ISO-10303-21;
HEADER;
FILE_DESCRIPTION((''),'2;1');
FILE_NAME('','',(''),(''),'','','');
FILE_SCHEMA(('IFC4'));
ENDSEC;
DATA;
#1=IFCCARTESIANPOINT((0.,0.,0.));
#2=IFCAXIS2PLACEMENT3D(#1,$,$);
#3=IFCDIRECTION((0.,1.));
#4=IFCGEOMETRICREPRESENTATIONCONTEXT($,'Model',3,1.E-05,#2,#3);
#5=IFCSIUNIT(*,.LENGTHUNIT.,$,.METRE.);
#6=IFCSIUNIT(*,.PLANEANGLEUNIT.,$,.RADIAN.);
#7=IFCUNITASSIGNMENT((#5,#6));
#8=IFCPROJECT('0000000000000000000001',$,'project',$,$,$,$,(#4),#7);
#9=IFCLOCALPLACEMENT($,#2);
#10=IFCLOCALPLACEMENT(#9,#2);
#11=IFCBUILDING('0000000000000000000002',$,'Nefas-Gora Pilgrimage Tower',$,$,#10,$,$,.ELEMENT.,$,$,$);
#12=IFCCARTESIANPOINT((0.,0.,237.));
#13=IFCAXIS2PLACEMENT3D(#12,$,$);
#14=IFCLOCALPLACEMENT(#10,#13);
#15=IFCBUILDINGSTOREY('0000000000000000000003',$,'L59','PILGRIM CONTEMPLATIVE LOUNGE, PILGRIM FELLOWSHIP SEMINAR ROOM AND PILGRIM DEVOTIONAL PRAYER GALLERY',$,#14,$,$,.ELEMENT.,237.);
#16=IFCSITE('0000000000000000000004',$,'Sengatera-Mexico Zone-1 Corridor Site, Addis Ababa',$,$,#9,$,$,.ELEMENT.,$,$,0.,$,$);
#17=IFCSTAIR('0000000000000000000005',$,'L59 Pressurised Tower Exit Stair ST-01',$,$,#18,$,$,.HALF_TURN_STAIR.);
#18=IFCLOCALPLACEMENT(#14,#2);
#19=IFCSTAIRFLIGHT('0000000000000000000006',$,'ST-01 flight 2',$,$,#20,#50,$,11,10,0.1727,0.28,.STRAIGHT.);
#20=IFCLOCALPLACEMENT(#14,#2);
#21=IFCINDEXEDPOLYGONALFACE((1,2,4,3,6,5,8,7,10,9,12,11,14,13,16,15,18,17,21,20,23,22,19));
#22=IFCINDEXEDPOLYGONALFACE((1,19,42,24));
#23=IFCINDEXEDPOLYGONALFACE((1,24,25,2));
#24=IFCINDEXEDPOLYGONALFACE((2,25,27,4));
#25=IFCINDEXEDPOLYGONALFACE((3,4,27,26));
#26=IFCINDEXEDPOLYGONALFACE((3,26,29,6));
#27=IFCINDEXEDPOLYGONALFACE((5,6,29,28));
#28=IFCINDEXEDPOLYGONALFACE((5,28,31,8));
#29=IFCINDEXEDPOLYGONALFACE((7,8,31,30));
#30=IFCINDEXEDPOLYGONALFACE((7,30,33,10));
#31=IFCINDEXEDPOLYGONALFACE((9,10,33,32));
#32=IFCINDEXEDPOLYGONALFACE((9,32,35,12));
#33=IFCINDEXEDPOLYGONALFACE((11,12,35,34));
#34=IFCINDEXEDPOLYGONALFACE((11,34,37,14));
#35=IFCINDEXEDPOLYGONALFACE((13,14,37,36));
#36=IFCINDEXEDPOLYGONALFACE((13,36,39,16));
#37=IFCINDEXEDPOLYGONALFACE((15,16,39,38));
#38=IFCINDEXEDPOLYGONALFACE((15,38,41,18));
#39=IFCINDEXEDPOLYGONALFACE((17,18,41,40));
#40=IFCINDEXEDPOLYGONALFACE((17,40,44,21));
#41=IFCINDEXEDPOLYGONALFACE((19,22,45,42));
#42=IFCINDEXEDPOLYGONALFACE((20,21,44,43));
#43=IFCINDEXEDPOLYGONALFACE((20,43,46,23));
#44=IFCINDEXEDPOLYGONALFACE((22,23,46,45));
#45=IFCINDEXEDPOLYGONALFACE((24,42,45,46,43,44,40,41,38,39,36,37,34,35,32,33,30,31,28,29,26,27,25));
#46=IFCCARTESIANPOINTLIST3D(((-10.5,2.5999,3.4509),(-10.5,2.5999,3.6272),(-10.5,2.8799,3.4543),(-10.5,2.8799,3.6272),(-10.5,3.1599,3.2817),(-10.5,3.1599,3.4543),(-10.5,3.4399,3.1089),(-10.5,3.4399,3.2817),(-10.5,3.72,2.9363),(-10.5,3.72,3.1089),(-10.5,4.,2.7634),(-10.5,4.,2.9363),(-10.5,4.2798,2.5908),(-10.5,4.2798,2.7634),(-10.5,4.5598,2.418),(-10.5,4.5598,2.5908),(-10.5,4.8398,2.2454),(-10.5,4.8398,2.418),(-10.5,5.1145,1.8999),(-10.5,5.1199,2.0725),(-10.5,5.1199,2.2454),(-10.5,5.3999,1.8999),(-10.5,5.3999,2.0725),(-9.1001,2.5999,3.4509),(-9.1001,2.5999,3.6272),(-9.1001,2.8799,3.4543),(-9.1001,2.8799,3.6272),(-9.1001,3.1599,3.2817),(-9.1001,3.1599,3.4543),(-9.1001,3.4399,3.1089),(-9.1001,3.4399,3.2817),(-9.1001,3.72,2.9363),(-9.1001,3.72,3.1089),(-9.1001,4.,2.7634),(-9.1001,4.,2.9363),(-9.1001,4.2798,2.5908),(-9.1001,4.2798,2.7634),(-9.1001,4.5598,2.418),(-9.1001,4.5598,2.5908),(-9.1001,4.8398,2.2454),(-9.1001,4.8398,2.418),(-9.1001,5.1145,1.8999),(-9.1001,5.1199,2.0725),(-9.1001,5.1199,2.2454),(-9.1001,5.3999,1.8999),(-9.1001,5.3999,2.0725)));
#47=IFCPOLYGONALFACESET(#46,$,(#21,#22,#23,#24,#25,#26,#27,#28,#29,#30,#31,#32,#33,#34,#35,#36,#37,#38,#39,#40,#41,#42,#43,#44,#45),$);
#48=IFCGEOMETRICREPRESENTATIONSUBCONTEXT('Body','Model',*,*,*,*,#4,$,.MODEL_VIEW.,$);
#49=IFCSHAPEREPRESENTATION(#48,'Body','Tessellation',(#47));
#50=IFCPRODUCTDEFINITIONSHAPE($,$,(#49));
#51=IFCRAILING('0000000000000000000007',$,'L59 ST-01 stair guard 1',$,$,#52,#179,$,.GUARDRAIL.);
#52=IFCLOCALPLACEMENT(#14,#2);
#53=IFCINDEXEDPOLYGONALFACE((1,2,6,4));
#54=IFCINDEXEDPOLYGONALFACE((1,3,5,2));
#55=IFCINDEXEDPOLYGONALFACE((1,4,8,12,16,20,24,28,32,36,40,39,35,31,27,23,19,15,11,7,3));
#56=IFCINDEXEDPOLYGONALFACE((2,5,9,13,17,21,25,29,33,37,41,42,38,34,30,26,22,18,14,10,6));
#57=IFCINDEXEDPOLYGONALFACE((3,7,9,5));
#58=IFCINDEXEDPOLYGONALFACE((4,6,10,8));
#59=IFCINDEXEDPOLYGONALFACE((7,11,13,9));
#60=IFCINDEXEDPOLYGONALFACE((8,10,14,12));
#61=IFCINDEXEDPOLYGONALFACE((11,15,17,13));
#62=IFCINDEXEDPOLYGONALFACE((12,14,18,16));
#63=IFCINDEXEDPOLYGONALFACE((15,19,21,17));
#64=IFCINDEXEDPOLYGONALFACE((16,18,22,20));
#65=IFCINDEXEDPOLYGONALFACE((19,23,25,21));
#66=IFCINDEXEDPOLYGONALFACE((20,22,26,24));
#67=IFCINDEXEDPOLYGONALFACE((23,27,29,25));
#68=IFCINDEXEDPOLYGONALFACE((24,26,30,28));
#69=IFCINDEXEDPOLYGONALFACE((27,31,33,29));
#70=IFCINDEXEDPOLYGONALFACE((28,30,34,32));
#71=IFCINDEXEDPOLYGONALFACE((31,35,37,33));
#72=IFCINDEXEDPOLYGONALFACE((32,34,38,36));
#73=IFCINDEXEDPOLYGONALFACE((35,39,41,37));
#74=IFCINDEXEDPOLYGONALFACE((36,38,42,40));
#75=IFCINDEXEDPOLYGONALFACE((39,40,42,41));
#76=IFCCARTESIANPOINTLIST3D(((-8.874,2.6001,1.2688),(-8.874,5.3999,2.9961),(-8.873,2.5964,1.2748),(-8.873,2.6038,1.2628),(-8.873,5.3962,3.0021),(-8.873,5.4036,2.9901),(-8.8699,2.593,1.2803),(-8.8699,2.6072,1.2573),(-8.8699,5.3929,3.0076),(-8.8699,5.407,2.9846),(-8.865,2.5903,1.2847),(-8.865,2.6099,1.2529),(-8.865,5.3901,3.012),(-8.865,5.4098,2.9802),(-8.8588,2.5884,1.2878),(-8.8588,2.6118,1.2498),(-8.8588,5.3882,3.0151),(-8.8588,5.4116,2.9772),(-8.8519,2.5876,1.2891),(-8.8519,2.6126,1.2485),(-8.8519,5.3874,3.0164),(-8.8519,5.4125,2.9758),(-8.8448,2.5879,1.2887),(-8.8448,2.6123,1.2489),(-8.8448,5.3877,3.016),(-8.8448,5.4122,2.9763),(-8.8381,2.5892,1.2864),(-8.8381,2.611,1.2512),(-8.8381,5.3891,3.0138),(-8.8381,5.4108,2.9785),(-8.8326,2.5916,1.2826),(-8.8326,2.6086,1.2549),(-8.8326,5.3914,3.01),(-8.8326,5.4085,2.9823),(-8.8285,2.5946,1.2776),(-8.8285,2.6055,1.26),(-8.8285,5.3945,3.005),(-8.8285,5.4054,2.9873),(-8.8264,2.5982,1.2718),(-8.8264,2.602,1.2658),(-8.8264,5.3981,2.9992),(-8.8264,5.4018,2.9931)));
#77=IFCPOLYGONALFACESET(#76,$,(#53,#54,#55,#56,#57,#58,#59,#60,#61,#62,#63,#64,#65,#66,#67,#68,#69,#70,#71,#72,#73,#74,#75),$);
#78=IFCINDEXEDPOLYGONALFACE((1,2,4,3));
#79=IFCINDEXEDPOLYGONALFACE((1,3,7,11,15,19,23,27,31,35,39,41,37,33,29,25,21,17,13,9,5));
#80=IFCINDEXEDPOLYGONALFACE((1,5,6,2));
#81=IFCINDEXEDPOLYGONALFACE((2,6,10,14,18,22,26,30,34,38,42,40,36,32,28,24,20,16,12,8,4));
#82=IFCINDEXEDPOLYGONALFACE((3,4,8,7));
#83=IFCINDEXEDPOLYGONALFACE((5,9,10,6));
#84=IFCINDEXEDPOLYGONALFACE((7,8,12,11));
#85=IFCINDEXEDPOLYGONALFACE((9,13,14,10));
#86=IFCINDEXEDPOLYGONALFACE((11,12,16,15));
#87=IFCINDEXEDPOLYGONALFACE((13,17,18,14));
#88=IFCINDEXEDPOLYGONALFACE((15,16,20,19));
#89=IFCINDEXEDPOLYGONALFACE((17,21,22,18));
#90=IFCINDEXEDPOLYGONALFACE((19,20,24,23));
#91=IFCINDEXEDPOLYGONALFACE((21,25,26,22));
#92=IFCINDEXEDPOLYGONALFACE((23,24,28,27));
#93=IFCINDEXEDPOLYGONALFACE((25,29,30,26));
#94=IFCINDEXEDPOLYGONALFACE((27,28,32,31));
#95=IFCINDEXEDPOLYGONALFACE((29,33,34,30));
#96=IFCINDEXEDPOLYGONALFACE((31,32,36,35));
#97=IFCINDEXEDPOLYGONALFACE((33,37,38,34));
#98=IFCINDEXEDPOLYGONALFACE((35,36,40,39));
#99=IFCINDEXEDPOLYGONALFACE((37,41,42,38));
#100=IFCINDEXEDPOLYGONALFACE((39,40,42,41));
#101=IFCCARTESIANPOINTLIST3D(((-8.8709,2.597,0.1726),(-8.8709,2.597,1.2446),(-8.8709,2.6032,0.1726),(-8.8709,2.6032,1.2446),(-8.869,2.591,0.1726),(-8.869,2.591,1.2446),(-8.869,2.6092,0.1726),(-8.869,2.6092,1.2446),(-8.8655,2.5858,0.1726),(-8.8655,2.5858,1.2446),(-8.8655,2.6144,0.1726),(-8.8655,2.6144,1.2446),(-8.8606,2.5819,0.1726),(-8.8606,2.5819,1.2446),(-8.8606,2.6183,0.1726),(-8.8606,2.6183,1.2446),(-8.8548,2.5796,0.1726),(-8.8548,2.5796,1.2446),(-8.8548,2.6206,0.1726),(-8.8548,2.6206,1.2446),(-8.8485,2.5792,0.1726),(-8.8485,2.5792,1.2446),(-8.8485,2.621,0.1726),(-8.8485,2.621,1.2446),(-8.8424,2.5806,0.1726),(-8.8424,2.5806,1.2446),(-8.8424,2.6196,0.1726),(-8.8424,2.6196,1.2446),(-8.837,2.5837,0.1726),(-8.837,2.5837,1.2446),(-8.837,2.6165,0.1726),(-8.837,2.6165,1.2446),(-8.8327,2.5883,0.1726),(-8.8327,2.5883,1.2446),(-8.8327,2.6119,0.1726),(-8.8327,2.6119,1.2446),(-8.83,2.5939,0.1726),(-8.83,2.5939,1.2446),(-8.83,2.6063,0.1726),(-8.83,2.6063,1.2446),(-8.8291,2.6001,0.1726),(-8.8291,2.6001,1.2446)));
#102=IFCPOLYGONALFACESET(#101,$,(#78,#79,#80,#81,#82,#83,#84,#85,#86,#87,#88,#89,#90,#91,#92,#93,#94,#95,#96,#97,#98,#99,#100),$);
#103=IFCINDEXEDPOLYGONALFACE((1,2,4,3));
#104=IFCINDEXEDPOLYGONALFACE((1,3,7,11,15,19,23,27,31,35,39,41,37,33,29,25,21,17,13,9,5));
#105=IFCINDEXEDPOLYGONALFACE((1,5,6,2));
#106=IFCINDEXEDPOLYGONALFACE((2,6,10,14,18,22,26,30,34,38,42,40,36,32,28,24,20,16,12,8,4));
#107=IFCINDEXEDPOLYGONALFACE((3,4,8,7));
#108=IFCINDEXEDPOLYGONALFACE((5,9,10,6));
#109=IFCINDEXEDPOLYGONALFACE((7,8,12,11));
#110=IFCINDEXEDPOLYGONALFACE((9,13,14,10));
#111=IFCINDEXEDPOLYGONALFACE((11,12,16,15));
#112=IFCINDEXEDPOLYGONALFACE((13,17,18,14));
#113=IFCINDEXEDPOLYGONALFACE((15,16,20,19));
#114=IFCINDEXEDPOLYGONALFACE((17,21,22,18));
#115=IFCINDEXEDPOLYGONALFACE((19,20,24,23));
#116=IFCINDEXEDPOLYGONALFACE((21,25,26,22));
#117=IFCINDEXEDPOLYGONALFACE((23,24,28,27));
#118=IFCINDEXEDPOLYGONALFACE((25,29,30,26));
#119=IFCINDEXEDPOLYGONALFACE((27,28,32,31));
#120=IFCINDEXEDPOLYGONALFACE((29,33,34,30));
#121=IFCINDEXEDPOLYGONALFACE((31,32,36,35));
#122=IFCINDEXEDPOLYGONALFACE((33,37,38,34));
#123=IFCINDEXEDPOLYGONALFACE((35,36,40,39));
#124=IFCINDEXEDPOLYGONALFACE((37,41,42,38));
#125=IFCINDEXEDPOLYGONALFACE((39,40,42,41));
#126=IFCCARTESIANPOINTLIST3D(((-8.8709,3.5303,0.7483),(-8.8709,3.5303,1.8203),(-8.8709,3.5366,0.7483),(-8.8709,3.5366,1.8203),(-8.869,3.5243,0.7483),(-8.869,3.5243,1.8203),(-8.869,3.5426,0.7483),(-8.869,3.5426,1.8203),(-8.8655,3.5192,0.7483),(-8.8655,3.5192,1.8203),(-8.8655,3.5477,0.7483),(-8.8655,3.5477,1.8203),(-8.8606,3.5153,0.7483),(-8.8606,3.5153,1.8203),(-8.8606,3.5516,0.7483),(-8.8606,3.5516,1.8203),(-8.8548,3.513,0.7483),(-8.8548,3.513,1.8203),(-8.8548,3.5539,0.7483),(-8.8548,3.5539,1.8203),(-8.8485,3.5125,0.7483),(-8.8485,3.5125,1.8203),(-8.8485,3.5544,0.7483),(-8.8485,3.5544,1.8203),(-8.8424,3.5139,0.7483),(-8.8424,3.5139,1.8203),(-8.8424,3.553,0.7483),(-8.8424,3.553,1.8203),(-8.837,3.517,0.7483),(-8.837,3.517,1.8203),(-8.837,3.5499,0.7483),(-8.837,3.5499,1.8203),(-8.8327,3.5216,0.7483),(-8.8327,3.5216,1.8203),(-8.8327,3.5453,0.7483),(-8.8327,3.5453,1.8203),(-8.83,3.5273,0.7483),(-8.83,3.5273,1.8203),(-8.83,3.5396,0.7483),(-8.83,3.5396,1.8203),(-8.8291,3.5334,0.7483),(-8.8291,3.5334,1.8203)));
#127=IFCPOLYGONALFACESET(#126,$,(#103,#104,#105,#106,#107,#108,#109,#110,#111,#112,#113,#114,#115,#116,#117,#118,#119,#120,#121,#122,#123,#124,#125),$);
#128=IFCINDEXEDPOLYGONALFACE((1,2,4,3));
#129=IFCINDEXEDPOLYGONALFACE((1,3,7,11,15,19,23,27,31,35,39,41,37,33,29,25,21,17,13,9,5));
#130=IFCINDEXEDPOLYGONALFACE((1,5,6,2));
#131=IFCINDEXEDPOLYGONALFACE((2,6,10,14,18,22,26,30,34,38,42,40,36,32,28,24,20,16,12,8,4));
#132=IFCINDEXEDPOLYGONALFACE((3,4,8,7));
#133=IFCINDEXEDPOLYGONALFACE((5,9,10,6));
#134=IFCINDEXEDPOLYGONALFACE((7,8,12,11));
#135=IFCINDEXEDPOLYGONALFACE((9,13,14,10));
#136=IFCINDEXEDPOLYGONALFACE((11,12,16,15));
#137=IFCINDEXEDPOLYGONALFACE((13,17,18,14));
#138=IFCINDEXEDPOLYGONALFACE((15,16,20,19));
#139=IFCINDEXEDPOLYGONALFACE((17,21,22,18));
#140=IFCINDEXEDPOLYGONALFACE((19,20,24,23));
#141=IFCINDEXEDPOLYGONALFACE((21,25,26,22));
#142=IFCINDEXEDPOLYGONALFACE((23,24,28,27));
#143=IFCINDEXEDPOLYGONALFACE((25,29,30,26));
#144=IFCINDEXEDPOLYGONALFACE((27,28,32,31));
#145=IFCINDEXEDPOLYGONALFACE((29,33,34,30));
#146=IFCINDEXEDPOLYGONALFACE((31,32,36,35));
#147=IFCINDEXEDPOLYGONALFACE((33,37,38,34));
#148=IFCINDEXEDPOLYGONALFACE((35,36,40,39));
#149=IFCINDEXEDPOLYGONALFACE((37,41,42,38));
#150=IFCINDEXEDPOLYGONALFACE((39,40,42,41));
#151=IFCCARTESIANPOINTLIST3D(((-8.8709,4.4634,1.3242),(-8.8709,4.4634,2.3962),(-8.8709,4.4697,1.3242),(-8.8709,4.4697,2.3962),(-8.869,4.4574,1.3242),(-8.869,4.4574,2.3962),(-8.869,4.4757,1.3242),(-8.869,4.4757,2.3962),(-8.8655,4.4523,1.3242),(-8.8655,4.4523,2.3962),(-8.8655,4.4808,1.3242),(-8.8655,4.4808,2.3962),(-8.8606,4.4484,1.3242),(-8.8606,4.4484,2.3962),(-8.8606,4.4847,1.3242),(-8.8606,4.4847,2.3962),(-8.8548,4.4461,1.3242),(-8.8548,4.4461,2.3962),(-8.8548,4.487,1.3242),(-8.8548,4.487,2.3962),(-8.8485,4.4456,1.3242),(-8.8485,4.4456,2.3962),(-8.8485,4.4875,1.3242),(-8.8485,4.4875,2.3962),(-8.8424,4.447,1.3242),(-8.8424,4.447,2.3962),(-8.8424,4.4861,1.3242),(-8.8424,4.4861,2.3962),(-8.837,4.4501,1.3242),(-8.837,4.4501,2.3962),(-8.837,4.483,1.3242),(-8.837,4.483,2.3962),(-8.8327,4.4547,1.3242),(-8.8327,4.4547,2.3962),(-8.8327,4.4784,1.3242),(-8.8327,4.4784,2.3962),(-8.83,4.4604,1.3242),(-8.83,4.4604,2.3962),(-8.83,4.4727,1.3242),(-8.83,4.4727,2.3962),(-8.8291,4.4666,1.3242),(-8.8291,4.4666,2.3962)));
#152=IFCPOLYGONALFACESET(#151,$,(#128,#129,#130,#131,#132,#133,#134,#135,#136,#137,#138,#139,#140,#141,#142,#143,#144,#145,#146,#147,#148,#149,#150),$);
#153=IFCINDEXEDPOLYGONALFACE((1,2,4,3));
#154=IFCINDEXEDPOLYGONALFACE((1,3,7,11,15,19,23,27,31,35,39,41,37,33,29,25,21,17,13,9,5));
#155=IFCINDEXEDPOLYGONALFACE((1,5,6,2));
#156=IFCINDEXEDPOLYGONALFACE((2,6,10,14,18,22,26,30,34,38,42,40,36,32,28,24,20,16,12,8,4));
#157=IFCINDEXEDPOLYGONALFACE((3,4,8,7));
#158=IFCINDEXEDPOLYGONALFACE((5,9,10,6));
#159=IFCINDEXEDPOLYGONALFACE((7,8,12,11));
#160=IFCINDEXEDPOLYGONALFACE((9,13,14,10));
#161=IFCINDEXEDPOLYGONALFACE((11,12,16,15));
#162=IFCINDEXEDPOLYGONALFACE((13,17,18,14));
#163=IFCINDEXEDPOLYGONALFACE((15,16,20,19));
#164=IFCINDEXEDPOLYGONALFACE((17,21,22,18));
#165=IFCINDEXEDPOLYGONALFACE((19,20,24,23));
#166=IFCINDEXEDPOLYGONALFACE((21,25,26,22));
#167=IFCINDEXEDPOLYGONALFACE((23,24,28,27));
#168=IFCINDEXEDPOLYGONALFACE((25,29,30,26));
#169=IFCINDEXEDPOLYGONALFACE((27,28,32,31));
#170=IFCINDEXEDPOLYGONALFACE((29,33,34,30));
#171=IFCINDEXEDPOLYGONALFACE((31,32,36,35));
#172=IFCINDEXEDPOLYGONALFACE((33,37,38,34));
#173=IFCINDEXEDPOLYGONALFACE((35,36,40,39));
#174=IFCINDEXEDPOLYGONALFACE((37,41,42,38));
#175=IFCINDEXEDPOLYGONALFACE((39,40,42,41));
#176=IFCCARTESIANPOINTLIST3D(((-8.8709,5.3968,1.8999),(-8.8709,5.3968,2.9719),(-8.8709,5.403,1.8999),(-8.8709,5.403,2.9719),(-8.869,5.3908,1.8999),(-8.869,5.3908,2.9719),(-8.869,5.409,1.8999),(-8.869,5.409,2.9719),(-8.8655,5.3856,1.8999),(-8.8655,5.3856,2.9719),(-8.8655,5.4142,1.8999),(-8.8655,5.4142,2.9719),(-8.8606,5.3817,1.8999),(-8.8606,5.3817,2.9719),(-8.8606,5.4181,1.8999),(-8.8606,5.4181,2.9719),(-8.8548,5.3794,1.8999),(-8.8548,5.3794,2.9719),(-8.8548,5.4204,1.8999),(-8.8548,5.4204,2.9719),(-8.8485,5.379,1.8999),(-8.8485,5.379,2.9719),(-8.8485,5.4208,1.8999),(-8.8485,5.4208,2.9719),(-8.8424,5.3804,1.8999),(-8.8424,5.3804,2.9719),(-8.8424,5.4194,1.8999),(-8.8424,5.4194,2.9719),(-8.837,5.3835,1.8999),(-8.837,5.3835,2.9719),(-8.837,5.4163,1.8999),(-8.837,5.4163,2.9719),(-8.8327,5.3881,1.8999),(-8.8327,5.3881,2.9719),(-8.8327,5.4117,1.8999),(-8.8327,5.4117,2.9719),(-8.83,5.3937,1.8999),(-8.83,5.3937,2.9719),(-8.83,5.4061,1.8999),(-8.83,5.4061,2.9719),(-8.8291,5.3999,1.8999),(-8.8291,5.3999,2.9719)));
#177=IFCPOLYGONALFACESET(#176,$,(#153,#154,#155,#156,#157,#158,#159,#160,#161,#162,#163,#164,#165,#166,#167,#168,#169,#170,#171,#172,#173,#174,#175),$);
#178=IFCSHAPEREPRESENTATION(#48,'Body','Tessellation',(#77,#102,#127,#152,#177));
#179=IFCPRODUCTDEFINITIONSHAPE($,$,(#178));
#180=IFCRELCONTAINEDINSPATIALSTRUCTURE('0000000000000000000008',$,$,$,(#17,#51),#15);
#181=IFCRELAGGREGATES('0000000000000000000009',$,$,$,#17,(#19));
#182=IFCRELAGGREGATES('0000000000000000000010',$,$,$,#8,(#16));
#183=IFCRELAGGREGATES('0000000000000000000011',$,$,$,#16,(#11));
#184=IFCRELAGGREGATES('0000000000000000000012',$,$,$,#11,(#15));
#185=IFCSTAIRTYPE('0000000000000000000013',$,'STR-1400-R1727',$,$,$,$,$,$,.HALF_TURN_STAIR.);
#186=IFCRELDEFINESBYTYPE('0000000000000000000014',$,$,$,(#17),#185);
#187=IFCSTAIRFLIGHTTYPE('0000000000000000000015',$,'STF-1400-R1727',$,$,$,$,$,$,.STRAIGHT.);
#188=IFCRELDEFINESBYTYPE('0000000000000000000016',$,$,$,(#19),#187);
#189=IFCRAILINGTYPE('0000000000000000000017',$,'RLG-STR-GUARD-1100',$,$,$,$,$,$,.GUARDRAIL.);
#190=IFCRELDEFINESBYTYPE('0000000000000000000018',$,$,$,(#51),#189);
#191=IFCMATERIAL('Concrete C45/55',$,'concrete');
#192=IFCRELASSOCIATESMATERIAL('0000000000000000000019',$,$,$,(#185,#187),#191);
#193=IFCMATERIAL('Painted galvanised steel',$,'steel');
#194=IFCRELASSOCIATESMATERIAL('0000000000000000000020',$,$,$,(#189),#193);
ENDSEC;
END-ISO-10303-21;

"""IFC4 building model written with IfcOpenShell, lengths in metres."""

from ifc_helpers import new_model, si_unit, direction, frame, origin, origin_2d, place, context, subcontext, project, spatial, polyline, circle, outline, extrude, source, transform, mapped, material, type_object, element, aggregate, save


model = new_model("IFC4")

# Units and contexts
model_context = context("Model", 3, precision=1e-05, world=origin(), true_north=direction((0.0, 1.0)))
body_context = subcontext(model_context, "Body", "Model", "MODEL_VIEW")
ifc_project = project(units=[si_unit("LENGTHUNIT", "METRE"), si_unit("PLANEANGLEUNIT", "RADIAN")], contexts=[model_context])

# Site, building, storey
site_placement = place(None, origin())
site = spatial("IfcSite", under=ifc_project, at=site_placement, Name="Sengatera-Mexico Zone-1 Corridor Site, Addis Ababa", CompositionType="ELEMENT", RefElevation=0.0)
building_placement = place(site_placement, origin())
building = spatial("IfcBuilding", under=site, at=building_placement, Name="Nefas-Gora Pilgrimage Tower", CompositionType="ELEMENT")
storey_placement = place(building_placement, frame((0.0, 0.0, 237.0)))
storey = spatial("IfcBuildingStorey", under=building, at=storey_placement, Name="L59", Description="PILGRIM CONTEMPLATIVE LOUNGE, PILGRIM FELLOWSHIP SEMINAR ROOM AND PILGRIM DEVOTIONAL PRAYER GALLERY", CompositionType="ELEMENT", Elevation=237.0)

# Shared definitions
ifc_material_1 = material(Name="Concrete C45/55", Category="concrete")

# Stair, stair flight
stair_type = type_object("IfcStairType", Name="STR-1400-R1727", PredefinedType="HALF_TURN_STAIR", material=ifc_material_1)
stair_placement = place(storey_placement, origin())
stair = element("IfcStair", 1, at=stair_placement, inside=storey, type_object=stair_type, Name="L59 Pressurised Tower Exit Stair ST-01", PredefinedType="HALF_TURN_STAIR")
stair_flight_type = type_object("IfcStairFlightType", Name="STF-1400-R1727", PredefinedType="STRAIGHT", material=ifc_material_1)
shared_shape_1 = source(origin(), body_context, "Body", "SweptSolid", [
    extrude(outline(polyline([(0.0, 0.0), (0.0, 0.1726), (0.28, 0.1726), (0.28, 0.3455), (0.5601, 0.3455), (0.5601, 0.5181), (0.8401, 0.5181), (0.8401, 0.6909), (1.1201, 0.6909), (1.1201, 0.8635), (1.3999, 0.8635), (1.3999, 1.0364), (1.6799, 1.0364), (1.6799, 1.209), (1.96, 1.209), (1.96, 1.3818), (2.24, 1.3818), (2.24, 1.5544), (2.52, 1.5544), (2.52, 1.7273), (2.8, 1.7273), (2.8, 1.8999), (2.8, 1.551), (0.2854, 0.0), (0.0, 0.0)])), frame((0.0, 0.7, 0.0), z_axis=(0.0, -1.0, 0.0), x_axis=(1.0, 0.0, 0.0)), (0.0, 0.0, 1.0), 1.3999),
])
stair_flight_1_placement = place(storey_placement, frame((-9.8, 5.3999, 1.8999), z_axis=(0.0, 0.0, 1.0), x_axis=(0.0, -1.0, 0.0)))
stair_flight_1 = element("IfcStairFlight", 2, at=stair_flight_1_placement, type_object=stair_flight_type, Name="ST-01 flight 2", NumberOfRisers=11, NumberOfTreads=10, PredefinedType="STRAIGHT", RiserHeight=0.1727, TreadLength=0.28, context=body_context, shape_type="MappedRepresentation", body=[
    mapped(shared_shape_1, transform((0.0, 0.0, 0.0), x_axis=(1.0, 0.0, 0.0), y_axis=(0.0, 1.0, 0.0), z_axis=(0.0, 0.0, 1.0), scale=1.0)),
])
aggregate(stair, [stair_flight_1])

# Railing
ifc_material_2 = material(Name="Painted galvanised steel", Category="steel")
railing_type_1 = type_object("IfcRailingType", Name="RLG-STR-GUARD-1100", PredefinedType="GUARDRAIL", material=ifc_material_2)
railing_1_placement = place(storey_placement, frame((-8.8501, 2.6001, 0.1726)))
element("IfcRailing", 3, at=railing_1_placement, inside=storey, type_object=railing_type_1, Name="L59 ST-01 stair guard 1", PredefinedType="GUARDRAIL", context=body_context, shape_type="SweptSolid", body=[
    extrude(circle(Radius=0.0239, at=origin_2d()), frame((0.0, 0.0, 1.0962), z_axis=(0.0, 0.851069, 0.525054), x_axis=(-1.0, 0.0, 0.0)), (0.0, 0.0, 1.0), 3.2898),
    extrude(circle(Radius=0.021, at=origin_2d()), origin(), (0.0, 0.0, 1.0), 1.072),
    extrude(circle(Radius=0.021, at=origin_2d()), frame((0.0, 0.9333, 0.5757)), (0.0, 0.0, 1.0), 1.072),
    extrude(circle(Radius=0.021, at=origin_2d()), frame((0.0, 1.8665, 1.1516)), (0.0, 0.0, 1.0), 1.072),
    extrude(circle(Radius=0.021, at=origin_2d()), frame((0.0, 2.7998, 1.7273)), (0.0, 0.0, 1.0), 1.072),
])

save(model, "model.ifc")
